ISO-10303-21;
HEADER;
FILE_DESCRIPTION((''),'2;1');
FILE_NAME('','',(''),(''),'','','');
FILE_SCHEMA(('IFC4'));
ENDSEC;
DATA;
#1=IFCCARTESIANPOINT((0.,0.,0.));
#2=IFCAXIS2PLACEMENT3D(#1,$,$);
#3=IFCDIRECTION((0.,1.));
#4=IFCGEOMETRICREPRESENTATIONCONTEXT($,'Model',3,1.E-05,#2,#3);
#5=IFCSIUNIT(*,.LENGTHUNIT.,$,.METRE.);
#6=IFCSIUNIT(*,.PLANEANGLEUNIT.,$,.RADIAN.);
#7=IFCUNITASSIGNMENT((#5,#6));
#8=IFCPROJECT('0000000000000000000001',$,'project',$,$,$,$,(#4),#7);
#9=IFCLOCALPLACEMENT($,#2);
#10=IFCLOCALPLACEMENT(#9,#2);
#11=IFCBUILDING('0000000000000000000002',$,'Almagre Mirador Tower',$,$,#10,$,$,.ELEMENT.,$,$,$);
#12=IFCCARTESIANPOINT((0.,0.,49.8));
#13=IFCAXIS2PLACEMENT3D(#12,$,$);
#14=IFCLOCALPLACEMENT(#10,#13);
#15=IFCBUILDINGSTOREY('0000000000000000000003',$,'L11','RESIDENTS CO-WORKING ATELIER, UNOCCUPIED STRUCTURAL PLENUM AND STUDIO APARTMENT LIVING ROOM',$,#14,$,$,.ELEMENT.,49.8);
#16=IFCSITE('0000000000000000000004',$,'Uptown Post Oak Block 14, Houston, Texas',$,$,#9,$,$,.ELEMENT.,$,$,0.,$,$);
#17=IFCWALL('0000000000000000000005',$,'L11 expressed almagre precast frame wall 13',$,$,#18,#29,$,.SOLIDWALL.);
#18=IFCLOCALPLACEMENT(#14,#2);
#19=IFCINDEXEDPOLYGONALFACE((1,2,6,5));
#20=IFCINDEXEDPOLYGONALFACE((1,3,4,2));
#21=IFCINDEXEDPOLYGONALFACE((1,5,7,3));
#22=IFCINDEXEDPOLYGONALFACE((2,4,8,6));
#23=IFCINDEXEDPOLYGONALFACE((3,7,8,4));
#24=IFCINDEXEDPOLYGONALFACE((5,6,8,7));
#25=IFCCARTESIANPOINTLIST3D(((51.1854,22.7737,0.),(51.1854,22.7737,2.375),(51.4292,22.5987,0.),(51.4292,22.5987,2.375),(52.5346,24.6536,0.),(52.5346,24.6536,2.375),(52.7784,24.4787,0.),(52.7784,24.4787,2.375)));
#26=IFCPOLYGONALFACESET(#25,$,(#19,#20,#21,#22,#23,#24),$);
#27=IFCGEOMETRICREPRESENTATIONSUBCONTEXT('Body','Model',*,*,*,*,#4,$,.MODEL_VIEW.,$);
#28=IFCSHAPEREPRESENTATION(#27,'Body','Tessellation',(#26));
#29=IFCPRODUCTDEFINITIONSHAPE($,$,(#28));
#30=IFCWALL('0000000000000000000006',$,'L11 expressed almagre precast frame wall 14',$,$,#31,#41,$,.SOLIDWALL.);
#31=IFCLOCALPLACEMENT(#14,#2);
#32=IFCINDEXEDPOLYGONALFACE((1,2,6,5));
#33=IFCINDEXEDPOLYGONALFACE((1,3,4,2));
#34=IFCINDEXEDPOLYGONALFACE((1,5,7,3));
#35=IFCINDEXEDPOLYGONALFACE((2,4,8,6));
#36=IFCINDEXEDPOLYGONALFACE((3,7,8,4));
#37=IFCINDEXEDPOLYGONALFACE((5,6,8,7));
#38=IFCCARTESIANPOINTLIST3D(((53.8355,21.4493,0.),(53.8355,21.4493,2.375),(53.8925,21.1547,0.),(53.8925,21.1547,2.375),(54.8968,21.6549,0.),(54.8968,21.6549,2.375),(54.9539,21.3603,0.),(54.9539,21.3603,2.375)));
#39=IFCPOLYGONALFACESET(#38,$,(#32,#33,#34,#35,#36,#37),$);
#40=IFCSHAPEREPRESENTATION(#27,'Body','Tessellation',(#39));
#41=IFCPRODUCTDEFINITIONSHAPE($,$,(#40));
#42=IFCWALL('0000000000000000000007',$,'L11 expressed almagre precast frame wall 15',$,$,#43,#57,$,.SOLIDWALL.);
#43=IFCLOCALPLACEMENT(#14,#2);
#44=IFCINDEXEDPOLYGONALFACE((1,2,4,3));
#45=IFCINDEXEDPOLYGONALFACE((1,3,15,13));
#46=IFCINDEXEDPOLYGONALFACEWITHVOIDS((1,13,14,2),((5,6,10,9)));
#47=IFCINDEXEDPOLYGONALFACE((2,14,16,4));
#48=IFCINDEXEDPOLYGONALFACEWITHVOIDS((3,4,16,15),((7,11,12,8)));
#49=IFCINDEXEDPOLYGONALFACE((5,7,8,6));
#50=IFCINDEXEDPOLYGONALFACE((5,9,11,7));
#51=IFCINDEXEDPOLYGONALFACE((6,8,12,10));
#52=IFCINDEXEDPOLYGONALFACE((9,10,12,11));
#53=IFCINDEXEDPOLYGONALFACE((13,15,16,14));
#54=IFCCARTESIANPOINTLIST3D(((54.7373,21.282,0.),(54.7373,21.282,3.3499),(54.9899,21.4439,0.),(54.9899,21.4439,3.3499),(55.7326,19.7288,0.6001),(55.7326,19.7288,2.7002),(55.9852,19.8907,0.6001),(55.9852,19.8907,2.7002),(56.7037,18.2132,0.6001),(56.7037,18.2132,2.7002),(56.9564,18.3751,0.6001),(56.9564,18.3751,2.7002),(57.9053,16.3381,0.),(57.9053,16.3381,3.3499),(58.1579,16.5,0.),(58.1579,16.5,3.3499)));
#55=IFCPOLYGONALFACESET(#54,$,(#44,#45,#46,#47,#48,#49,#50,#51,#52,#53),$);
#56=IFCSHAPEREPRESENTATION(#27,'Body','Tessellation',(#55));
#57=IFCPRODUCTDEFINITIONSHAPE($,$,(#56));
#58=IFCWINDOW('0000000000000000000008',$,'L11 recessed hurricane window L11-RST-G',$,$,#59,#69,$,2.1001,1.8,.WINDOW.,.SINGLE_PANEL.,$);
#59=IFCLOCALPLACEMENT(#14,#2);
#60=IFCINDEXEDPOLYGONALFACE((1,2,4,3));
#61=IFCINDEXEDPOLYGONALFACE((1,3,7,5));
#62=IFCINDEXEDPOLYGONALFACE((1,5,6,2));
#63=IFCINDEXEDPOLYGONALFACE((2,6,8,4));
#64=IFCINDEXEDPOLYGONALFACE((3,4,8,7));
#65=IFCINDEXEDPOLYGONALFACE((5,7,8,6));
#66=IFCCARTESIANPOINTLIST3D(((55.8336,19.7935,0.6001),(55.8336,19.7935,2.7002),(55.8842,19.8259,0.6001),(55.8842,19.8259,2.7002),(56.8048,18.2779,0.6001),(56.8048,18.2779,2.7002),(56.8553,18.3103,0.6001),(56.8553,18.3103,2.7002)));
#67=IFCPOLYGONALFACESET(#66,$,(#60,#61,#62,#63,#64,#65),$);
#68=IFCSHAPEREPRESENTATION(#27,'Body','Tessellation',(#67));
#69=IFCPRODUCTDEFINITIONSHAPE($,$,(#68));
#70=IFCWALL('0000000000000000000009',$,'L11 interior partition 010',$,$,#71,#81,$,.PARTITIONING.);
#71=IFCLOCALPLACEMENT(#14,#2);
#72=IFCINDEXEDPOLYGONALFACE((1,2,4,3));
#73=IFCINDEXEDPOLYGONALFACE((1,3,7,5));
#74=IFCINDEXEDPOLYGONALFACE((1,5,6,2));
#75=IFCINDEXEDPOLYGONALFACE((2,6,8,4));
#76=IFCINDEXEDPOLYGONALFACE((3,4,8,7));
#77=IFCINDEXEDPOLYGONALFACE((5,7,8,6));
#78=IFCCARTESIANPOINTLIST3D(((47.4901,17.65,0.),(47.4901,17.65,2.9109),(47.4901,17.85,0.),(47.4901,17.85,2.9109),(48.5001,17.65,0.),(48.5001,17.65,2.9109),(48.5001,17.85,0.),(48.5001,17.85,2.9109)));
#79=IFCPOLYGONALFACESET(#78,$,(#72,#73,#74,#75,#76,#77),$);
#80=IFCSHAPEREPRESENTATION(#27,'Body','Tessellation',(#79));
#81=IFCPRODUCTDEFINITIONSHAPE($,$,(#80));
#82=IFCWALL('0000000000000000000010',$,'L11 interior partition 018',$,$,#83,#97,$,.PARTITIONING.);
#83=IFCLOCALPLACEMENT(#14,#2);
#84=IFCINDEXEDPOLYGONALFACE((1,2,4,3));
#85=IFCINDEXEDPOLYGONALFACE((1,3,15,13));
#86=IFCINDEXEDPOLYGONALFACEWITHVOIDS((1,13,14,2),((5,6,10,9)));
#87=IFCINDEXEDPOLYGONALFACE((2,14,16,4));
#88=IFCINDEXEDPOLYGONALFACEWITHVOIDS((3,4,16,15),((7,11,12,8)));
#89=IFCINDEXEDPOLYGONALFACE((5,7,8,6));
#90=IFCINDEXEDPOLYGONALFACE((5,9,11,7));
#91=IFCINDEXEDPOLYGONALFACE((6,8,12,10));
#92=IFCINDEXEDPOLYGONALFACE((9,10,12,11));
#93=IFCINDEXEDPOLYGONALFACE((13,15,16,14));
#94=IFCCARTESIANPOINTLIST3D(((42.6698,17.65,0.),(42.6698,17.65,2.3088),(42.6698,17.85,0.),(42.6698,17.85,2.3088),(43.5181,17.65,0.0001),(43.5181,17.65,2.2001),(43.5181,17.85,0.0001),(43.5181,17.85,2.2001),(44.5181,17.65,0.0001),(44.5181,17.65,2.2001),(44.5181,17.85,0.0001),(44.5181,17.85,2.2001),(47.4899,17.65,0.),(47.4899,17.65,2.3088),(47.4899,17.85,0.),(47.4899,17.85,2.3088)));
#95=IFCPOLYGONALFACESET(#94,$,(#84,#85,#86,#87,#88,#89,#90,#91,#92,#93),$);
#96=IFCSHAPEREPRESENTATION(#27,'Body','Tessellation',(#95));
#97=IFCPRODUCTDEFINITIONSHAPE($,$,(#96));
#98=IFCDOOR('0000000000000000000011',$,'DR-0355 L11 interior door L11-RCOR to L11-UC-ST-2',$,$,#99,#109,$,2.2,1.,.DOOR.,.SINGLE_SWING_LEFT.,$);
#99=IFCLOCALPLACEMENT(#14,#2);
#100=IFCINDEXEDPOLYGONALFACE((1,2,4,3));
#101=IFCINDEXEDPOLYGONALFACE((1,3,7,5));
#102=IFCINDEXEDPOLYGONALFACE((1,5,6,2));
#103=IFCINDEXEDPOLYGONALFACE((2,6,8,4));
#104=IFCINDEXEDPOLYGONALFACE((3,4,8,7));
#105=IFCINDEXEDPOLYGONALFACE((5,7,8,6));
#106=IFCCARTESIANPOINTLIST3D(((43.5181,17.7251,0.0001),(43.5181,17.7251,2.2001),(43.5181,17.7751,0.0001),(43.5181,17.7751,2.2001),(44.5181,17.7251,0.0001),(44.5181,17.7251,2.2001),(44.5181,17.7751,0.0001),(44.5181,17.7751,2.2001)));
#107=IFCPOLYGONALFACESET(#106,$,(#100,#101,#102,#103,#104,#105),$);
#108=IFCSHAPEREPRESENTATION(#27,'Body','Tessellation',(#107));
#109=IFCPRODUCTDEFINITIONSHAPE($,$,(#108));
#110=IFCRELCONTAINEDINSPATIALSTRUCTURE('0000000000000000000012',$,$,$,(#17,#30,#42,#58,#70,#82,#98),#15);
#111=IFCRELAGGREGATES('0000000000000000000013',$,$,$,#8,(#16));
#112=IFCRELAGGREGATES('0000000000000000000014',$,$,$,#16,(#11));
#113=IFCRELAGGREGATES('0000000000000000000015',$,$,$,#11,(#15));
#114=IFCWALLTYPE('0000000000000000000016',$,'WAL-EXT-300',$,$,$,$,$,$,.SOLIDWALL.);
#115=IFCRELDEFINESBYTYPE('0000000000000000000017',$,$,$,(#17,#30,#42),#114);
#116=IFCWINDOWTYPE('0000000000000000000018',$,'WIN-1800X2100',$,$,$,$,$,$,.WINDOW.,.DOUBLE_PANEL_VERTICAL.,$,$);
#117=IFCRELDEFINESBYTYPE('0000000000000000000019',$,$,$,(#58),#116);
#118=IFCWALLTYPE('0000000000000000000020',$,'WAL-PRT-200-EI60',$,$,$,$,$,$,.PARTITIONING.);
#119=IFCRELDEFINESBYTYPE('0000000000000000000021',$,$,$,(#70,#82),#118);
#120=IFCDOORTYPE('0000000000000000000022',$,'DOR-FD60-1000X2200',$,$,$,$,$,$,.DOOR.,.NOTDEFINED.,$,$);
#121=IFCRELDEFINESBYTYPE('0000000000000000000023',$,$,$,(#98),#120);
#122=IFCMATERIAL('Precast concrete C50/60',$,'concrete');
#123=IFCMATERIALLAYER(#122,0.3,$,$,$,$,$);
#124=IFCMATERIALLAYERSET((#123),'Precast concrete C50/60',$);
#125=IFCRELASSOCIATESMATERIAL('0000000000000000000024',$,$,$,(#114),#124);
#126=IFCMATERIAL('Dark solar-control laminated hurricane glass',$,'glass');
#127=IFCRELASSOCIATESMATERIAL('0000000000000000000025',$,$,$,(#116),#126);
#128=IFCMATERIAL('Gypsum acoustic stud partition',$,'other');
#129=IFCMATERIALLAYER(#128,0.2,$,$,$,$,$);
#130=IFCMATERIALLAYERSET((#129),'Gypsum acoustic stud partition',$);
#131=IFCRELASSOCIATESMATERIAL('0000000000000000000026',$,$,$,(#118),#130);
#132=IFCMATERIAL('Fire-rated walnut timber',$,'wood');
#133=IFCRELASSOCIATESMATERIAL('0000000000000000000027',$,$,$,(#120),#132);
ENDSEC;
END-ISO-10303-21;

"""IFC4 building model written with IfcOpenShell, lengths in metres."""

from ifc_helpers import new_model, si_unit, direction, frame, frame_2d, origin, place, context, subcontext, project, spatial, rectangle, extrude, material, layer, layer_set, type_object, element, fill, save


model = new_model("IFC4")

# Units and contexts
model_context = context("Model", 3, precision=1e-05, world=origin(), true_north=direction((0.0, 1.0)))
body_context = subcontext(model_context, "Body", "Model", "MODEL_VIEW")
ifc_project = project(units=[si_unit("LENGTHUNIT", "METRE"), si_unit("PLANEANGLEUNIT", "RADIAN")], contexts=[model_context])

# Site, building, storey
site_placement = place(None, origin())
site = spatial("IfcSite", under=ifc_project, at=site_placement, Name="Uptown Post Oak Block 14, Houston, Texas", CompositionType="ELEMENT", RefElevation=0.0)
building_placement = place(site_placement, origin())
building = spatial("IfcBuilding", under=site, at=building_placement, Name="Almagre Mirador Tower", CompositionType="ELEMENT")
storey_placement = place(building_placement, frame((0.0, 0.0, 49.8)))
storey = spatial("IfcBuildingStorey", under=building, at=storey_placement, Name="L11", Description="RESIDENTS CO-WORKING ATELIER, UNOCCUPIED STRUCTURAL PLENUM AND STUDIO APARTMENT LIVING ROOM", CompositionType="ELEMENT", Elevation=49.8)

# Walls
ifc_material_1 = material(Name="Precast concrete C50/60", Category="concrete")
ifc_layer_1 = layer(ifc_material_1, 0.3)
ifc_layer_set_1 = layer_set([ifc_layer_1], Name="Precast concrete C50/60")
wall_type_1 = type_object("IfcWallType", Name="WAL-EXT-300", PredefinedType="SOLIDWALL", material=ifc_layer_set_1)
wall_1_placement = place(storey_placement, frame((52.6565, 24.5662, 0.0), z_axis=(0.0, 0.0, 1.0), x_axis=(-0.583053, -0.812434, 0.0)))
element("IfcWall", 1, at=wall_1_placement, inside=storey, type_object=wall_type_1, Name="L11 expressed almagre precast frame wall 13", PredefinedType="SOLIDWALL", context=body_context, shape_type="SweptSolid", body=[
    extrude(rectangle(XDim=2.314, YDim=0.3, at=frame_2d((1.157, 0.0))), origin(), (0.0, 0.0, 1.0), 2.375),
])
wall_2_placement = place(storey_placement, frame((53.864, 21.302, 0.0), z_axis=(0.0, 0.0, 1.0), x_axis=(0.981753, 0.190162, 0.0)))
element("IfcWall", 2, at=wall_2_placement, inside=storey, type_object=wall_type_1, Name="L11 expressed almagre precast frame wall 14", PredefinedType="SOLIDWALL", context=body_context, shape_type="SweptSolid", body=[
    extrude(rectangle(XDim=1.0811, YDim=0.3, at=frame_2d((0.5405, 0.0))), origin(), (0.0, 0.0, 1.0), 2.375),
])

# Wall, opening, window
wall_3_placement = place(storey_placement, frame((54.8635, 21.363, 0.0), z_axis=(0.0, 0.0, 1.0), x_axis=(0.539526, -0.841969, 0.0)))
wall_3 = element("IfcWall", 3, at=wall_3_placement, inside=storey, type_object=wall_type_1, Name="L11 expressed almagre precast frame wall 15", PredefinedType="SOLIDWALL", context=body_context, shape_type="SweptSolid", body=[
    extrude(rectangle(XDim=5.8718, YDim=0.3, at=frame_2d((2.936, 0.0))), origin(), (0.0, 0.0, 1.0), 3.3499),
])
opening_1_placement = place(wall_3_placement, frame((1.845, 0.0, 0.6001)))
opening_1 = element("IfcOpeningElement", 4, at=opening_1_placement, cuts=wall_3, PredefinedType="OPENING", context=body_context, shape_type="SweptSolid", body=[
    extrude(rectangle(XDim=1.8, YDim=2.1001, at=frame_2d((0.8999, 1.05))), frame((0.0, 0.1599, 0.0), z_axis=(0.0, -1.0, 0.0), x_axis=(1.0, 0.0, 0.0)), (0.0, 0.0, 1.0), 0.32),
])
ifc_material_2 = material(Name="Dark solar-control laminated hurricane glass", Category="glass")
window_type = type_object("IfcWindowType", Name="WIN-1800X2100", PartitioningType="DOUBLE_PANEL_VERTICAL", PredefinedType="WINDOW", material=ifc_material_2)
window_placement = place(opening_1_placement, origin())
window = element("IfcWindow", 5, at=window_placement, inside=storey, type_object=window_type, Name="L11 recessed hurricane window L11-RST-G", OverallHeight=2.1001, OverallWidth=1.8, PartitioningType="SINGLE_PANEL", PredefinedType="WINDOW", context=body_context, shape_type="SweptSolid", body=[
    extrude(rectangle(XDim=1.8, YDim=2.1001, at=frame_2d((0.8999, 1.05))), frame((0.0, 0.03, 0.0), z_axis=(0.0, -1.0, 0.0), x_axis=(1.0, 0.0, 0.0)), (0.0, 0.0, 1.0), 0.0601),
])
fill(opening_1, window)

# Wall
ifc_material_3 = material(Name="Gypsum acoustic stud partition", Category="other")
ifc_layer_2 = layer(ifc_material_3, 0.2)
ifc_layer_set_2 = layer_set([ifc_layer_2], Name="Gypsum acoustic stud partition")
wall_type_2 = type_object("IfcWallType", Name="WAL-PRT-200-EI60", PredefinedType="PARTITIONING", material=ifc_layer_set_2)
wall_4_placement = place(storey_placement, frame((48.5, 17.75, 0.0), z_axis=(0.0, 0.0, 1.0), x_axis=(-1.0, 0.0, 0.0)))
element("IfcWall", 6, at=wall_4_placement, inside=storey, type_object=wall_type_2, Name="L11 interior partition 010", PredefinedType="PARTITIONING", context=body_context, shape_type="SweptSolid", body=[
    extrude(rectangle(XDim=1.01, YDim=0.2, at=frame_2d((0.5049, 0.0))), origin(), (0.0, 0.0, 1.0), 2.9109),
])

# Wall, opening, door
wall_5_placement = place(storey_placement, frame((47.49, 17.75, 0.0), z_axis=(0.0, 0.0, 1.0), x_axis=(-1.0, 0.0, 0.0)))
wall_5 = element("IfcWall", 7, at=wall_5_placement, inside=storey, type_object=wall_type_2, Name="L11 interior partition 018", PredefinedType="PARTITIONING", context=body_context, shape_type="SweptSolid", body=[
    extrude(rectangle(XDim=4.8201, YDim=0.2, at=frame_2d((2.4102, 0.0))), origin(), (0.0, 0.0, 1.0), 2.3088),
])
opening_2_placement = place(wall_5_placement, frame((2.9719, 0.0, 0.0)))
opening_2 = element("IfcOpeningElement", 8, at=opening_2_placement, cuts=wall_5, PredefinedType="OPENING", context=body_context, shape_type="SweptSolid", body=[
    extrude(rectangle(XDim=1.0, YDim=2.2, at=frame_2d((0.5, 1.1001))), frame((0.0, 0.1101, 0.0), z_axis=(0.0, -1.0, 0.0), x_axis=(1.0, 0.0, 0.0)), (0.0, 0.0, 1.0), 0.22),
])
ifc_material_4 = material(Name="Fire-rated walnut timber", Category="wood")
door_type = type_object("IfcDoorType", Name="DOR-FD60-1000X2200", OperationType="NOTDEFINED", PredefinedType="DOOR", material=ifc_material_4)
door_placement = place(opening_2_placement, origin())
door = element("IfcDoor", 9, at=door_placement, inside=storey, type_object=door_type, Name="DR-0355 L11 interior door L11-RCOR to L11-UC-ST-2", OperationType="SINGLE_SWING_LEFT", OverallHeight=2.2, OverallWidth=1.0, PredefinedType="DOOR", context=body_context, shape_type="SweptSolid", body=[
    extrude(rectangle(XDim=1.0, YDim=2.2, at=frame_2d((0.5, 1.1001))), frame((0.0, 0.0249, 0.0), z_axis=(0.0, -1.0, 0.0), x_axis=(1.0, 0.0, 0.0)), (0.0, 0.0, 1.0), 0.05),
])
fill(opening_2, door)

save(model, "model.ifc")
